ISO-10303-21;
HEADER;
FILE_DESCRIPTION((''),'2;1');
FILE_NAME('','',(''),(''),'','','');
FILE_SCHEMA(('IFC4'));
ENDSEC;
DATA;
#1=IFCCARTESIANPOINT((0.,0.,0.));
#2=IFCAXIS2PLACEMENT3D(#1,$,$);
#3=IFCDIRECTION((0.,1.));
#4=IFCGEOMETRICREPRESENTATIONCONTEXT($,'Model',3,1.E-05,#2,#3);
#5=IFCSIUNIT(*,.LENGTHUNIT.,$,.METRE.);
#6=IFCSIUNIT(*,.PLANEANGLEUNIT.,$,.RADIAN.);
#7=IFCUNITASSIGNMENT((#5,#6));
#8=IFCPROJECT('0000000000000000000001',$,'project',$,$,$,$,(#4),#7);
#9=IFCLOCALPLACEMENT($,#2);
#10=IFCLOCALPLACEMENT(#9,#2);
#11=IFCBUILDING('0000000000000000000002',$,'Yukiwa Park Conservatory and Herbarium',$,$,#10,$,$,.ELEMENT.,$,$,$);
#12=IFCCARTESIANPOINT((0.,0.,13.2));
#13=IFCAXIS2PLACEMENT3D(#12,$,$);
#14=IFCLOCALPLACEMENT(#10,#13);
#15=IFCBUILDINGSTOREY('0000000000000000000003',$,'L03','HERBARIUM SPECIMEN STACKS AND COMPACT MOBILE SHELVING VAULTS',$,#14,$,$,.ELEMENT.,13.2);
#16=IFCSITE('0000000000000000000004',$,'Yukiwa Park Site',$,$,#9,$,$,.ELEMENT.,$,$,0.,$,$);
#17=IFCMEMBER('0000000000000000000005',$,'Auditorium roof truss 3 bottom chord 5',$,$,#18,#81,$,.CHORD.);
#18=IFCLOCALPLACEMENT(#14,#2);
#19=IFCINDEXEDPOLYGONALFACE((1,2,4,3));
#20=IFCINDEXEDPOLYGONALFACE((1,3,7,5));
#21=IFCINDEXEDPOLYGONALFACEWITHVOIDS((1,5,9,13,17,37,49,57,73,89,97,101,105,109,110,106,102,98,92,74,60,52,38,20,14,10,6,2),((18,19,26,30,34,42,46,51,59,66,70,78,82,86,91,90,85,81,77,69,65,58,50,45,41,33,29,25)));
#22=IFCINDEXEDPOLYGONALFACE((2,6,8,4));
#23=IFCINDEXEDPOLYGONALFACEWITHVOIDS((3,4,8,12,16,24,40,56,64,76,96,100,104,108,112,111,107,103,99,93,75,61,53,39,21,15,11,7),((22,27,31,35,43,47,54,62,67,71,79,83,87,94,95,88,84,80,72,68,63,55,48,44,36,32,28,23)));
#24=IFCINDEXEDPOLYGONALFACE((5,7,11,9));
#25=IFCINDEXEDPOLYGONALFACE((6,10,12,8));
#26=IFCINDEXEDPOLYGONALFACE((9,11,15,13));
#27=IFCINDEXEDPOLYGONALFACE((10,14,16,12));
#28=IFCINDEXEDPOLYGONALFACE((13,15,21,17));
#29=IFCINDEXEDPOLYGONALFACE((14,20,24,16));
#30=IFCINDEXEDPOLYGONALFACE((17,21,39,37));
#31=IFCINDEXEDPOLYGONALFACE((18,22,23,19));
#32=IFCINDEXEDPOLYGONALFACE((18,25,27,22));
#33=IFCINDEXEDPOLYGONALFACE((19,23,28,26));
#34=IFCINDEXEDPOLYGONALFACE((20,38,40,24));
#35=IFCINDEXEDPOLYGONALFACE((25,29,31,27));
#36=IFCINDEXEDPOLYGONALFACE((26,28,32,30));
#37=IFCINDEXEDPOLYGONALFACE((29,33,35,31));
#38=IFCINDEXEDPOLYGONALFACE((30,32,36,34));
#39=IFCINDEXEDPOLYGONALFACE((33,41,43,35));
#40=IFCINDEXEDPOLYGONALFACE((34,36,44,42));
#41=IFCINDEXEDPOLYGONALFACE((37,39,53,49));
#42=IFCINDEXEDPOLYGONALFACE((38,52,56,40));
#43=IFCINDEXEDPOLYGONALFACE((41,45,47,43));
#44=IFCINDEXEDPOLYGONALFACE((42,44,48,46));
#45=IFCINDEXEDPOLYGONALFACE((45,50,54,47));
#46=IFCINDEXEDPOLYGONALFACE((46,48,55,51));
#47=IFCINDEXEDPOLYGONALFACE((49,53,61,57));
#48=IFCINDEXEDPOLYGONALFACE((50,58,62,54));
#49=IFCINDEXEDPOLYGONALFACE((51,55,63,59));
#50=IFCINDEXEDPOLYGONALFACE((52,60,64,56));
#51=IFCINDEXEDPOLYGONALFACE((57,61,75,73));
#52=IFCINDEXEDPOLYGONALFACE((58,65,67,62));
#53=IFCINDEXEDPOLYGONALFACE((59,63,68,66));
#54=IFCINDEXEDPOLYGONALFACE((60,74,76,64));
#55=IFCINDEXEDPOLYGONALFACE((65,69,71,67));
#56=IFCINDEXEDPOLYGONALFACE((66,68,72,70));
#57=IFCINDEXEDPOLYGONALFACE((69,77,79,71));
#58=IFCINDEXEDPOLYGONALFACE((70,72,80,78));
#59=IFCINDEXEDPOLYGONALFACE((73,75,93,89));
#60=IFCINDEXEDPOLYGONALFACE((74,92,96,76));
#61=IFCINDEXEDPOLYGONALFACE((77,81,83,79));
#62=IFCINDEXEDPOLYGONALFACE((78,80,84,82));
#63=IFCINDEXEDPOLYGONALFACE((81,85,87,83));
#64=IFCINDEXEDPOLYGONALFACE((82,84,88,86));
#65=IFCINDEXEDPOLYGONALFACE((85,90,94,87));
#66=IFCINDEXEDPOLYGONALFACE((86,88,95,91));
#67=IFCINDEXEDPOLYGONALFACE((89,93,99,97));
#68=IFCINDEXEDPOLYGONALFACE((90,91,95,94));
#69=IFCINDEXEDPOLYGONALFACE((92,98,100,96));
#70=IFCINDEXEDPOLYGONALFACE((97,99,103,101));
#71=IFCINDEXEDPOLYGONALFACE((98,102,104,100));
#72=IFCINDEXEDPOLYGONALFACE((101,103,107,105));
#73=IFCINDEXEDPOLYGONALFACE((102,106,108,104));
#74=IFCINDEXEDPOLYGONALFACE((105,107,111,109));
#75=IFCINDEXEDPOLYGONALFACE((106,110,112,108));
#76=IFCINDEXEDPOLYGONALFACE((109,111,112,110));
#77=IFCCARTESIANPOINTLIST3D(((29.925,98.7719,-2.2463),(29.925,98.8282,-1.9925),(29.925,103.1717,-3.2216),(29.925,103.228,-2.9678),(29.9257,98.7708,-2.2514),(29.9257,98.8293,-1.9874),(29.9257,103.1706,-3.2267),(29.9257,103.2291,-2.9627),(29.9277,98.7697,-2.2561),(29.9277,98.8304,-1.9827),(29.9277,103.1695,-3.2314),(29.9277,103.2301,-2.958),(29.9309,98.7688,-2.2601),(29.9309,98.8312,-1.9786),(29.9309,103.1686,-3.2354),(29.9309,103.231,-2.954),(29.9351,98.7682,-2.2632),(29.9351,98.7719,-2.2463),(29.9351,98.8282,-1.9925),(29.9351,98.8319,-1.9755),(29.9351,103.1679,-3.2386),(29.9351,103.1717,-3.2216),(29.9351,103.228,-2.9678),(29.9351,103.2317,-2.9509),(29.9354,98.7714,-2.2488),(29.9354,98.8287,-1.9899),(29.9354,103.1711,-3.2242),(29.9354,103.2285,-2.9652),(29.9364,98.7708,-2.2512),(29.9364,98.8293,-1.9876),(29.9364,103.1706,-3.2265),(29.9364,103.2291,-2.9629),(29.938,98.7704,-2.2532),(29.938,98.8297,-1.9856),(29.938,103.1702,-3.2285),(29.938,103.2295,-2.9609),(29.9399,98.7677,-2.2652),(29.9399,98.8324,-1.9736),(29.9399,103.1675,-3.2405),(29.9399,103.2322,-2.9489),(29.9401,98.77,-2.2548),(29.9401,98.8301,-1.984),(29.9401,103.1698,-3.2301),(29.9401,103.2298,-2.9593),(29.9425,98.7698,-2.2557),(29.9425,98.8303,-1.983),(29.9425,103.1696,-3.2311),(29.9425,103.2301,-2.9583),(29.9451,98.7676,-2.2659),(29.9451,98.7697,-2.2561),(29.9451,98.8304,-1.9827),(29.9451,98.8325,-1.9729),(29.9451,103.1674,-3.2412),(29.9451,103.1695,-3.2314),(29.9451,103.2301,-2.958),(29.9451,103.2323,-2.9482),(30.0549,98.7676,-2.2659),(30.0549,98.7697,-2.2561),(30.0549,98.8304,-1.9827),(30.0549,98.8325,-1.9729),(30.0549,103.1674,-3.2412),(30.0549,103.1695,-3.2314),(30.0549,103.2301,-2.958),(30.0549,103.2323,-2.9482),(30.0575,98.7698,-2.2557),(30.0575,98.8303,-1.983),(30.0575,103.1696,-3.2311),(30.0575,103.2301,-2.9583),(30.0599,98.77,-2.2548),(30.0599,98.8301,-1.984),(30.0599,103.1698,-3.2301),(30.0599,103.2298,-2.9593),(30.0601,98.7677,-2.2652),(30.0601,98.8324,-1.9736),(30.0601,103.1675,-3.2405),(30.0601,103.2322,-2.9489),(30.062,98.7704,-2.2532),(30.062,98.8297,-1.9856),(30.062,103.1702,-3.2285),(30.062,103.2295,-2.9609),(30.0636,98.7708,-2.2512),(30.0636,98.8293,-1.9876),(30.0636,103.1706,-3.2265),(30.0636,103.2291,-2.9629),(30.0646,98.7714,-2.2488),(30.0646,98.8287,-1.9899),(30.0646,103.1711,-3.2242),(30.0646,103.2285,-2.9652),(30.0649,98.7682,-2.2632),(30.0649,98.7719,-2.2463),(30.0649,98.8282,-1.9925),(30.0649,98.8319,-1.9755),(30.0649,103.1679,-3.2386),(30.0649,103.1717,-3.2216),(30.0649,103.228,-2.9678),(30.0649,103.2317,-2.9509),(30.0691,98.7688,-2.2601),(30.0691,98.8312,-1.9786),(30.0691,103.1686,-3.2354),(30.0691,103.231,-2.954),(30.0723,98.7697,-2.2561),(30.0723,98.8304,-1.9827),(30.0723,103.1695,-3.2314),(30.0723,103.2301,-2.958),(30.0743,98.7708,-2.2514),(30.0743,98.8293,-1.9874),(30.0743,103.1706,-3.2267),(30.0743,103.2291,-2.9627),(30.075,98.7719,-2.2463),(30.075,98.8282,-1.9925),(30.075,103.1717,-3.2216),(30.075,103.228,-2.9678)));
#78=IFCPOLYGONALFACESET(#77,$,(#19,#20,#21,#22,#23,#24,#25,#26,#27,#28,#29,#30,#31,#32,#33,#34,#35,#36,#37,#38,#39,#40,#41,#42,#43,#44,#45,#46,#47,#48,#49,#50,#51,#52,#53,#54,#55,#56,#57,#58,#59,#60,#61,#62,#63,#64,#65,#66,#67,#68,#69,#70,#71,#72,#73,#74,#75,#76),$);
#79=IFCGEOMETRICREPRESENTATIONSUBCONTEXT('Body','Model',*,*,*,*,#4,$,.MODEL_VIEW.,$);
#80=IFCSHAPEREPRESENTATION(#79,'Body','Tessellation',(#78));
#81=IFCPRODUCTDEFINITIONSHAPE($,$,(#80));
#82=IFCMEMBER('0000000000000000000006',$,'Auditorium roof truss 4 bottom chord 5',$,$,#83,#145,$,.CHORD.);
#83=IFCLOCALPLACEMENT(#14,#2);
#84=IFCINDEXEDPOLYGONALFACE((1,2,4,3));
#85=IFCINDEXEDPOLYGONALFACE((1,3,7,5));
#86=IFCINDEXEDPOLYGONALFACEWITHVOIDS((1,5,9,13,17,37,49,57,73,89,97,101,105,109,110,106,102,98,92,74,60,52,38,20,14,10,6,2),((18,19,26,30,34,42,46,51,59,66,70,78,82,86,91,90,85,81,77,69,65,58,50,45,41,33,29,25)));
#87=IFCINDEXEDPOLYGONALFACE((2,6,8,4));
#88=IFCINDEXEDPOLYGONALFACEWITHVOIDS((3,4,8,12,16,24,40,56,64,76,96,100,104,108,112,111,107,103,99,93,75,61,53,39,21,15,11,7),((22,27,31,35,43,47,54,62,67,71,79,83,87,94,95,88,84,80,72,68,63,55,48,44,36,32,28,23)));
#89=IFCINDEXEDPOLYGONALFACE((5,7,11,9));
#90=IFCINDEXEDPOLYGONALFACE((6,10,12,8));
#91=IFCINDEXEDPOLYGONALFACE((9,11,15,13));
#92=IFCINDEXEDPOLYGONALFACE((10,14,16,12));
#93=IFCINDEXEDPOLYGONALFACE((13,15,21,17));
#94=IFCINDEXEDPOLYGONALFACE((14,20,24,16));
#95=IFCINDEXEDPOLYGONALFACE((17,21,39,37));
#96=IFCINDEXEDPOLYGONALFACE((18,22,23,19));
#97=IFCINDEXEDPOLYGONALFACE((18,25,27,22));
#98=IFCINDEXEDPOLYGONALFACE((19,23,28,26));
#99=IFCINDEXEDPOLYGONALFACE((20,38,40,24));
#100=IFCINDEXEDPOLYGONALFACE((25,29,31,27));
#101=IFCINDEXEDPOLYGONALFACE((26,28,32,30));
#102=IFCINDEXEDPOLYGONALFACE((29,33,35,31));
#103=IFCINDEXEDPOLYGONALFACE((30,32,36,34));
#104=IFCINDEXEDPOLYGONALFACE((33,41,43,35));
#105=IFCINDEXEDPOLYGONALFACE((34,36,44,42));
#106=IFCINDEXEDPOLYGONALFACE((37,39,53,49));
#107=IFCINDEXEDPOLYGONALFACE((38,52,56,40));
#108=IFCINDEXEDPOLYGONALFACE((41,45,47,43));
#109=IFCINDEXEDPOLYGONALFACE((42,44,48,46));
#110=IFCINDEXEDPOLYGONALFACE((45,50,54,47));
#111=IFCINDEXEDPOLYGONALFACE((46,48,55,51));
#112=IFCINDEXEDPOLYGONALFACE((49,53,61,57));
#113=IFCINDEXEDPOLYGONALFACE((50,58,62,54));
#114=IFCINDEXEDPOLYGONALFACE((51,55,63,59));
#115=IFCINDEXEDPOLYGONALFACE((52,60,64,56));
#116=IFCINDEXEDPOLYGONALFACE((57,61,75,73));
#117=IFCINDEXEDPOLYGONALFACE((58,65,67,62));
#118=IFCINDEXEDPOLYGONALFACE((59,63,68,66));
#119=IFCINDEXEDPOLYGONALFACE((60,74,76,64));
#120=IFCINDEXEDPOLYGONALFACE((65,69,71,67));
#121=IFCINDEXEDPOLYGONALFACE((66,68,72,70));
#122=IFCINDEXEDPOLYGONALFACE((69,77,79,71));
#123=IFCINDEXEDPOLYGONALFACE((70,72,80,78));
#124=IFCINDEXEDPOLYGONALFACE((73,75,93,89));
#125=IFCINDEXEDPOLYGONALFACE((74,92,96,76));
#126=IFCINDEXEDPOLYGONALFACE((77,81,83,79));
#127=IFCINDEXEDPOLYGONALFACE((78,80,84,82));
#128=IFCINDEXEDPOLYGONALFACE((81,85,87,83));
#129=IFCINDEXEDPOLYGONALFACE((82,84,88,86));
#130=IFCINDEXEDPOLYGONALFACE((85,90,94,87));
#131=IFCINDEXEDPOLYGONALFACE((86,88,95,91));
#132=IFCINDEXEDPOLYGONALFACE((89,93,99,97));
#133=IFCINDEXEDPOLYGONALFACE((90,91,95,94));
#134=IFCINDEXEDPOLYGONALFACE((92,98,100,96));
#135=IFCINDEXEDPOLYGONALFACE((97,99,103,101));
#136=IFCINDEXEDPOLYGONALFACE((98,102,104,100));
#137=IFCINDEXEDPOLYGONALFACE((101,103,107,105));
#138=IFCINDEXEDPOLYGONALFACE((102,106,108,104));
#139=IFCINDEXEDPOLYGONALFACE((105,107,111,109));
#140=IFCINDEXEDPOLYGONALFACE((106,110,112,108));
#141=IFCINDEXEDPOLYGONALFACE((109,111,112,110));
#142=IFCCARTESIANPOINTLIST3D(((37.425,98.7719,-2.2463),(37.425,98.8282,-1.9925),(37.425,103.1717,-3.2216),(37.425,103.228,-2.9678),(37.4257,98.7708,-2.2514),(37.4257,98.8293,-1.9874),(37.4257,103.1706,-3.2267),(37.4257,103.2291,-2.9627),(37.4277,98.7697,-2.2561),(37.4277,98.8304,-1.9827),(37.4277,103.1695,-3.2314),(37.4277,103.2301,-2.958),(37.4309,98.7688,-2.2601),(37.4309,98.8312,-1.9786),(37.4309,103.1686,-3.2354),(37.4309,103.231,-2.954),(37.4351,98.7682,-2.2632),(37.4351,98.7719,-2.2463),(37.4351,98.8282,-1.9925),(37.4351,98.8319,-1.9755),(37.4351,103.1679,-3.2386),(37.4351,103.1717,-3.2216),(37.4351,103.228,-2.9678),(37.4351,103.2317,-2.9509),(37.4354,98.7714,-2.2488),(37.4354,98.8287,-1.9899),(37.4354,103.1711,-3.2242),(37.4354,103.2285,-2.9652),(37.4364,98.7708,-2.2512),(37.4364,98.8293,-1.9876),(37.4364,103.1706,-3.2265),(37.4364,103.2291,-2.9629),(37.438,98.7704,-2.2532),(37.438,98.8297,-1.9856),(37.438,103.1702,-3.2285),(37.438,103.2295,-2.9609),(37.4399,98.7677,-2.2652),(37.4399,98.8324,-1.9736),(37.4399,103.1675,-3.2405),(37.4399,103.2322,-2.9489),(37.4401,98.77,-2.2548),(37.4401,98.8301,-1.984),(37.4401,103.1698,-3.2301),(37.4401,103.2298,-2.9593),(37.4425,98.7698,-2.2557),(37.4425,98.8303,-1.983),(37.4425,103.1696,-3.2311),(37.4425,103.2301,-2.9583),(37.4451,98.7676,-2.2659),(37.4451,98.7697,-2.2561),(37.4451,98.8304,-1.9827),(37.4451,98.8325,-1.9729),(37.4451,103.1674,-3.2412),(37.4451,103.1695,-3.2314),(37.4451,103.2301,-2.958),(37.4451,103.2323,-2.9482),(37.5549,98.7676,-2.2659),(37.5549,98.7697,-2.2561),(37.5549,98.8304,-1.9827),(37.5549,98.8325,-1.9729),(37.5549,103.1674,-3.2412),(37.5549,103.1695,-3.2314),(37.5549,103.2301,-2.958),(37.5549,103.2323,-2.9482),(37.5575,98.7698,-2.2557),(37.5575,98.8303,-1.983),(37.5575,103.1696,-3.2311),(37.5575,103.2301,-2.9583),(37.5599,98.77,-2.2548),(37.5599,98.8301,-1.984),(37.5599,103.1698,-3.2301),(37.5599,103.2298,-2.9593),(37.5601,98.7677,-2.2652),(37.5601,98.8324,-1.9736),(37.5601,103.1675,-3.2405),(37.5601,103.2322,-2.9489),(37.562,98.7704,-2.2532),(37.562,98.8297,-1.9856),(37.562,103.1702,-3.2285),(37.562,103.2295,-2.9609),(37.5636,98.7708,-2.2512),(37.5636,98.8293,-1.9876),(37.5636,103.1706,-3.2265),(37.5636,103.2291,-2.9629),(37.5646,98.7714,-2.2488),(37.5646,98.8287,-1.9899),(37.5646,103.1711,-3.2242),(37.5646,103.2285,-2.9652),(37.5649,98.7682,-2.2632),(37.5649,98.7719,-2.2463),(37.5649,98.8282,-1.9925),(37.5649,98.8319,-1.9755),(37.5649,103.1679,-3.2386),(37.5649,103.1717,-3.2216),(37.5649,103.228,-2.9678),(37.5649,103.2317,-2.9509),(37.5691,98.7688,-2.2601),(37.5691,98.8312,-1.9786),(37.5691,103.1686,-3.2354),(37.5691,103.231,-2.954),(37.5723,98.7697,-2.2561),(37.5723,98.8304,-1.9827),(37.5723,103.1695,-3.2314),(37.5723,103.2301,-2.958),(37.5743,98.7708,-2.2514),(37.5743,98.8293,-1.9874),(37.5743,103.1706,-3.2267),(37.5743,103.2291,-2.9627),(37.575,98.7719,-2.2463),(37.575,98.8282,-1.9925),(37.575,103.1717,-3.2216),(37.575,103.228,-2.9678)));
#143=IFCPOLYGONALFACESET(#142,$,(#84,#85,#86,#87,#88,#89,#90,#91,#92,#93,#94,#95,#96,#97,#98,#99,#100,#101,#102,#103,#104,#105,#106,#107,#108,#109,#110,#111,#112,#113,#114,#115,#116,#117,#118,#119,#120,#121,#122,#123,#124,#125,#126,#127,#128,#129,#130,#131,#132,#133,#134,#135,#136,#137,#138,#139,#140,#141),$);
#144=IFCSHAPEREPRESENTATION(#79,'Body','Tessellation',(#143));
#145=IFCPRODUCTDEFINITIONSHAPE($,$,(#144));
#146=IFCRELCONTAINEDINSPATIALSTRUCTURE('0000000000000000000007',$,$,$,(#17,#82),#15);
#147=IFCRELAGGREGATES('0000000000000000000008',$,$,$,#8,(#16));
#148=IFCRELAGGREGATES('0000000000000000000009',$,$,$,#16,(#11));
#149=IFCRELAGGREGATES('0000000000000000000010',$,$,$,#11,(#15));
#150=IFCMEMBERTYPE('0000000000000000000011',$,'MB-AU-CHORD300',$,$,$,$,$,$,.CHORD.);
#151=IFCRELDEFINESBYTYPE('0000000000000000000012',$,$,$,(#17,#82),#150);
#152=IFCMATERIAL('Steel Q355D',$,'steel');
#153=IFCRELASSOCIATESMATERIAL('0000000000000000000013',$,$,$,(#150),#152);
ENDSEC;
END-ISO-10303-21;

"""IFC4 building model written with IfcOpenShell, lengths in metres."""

from ifc_helpers import new_model, si_unit, direction, frame, origin, origin_2d, place, context, subcontext, project, spatial, hollow_rectangle, extrude, material, material_profile, profile_set, type_object, element, save


model = new_model("IFC4")

# Units and contexts
model_context = context("Model", 3, precision=1e-05, world=origin(), true_north=direction((0.0, 1.0)))
body_context = subcontext(model_context, "Body", "Model", "MODEL_VIEW")
ifc_project = project(units=[si_unit("LENGTHUNIT", "METRE"), si_unit("PLANEANGLEUNIT", "RADIAN")], contexts=[model_context])

# Site, building, storey
site_placement = place(None, origin())
site = spatial("IfcSite", under=ifc_project, at=site_placement, Name="Yukiwa Park Site", CompositionType="ELEMENT", RefElevation=0.0)
building_placement = place(site_placement, origin())
building = spatial("IfcBuilding", under=site, at=building_placement, Name="Yukiwa Park Conservatory and Herbarium", CompositionType="ELEMENT")
storey_placement = place(building_placement, frame((0.0, 0.0, 13.2)))
storey = spatial("IfcBuildingStorey", under=building, at=storey_placement, Name="L03", Description="HERBARIUM SPECIMEN STACKS AND COMPACT MOBILE SHELVING VAULTS", CompositionType="ELEMENT", Elevation=13.2)

# Members
ifc_material_1 = material(Name="Steel Q355D", Category="steel")
ifc_material_profile_1 = material_profile(ifc_material_1, hollow_rectangle(XDim=0.1499, YDim=0.3, WallThickness=0.01, InnerFilletRadius=0.01, OuterFilletRadius=0.02, at=origin_2d()), Name="RHS 300x150x10")
ifc_profile_set_1 = profile_set([ifc_material_profile_1], Name="Steel Q355D")
member_type_1 = type_object("IfcMemberType", Name="MB-AU-CHORD300", PredefinedType="CHORD", material=ifc_profile_set_1)
for number, where, z_axis, x_axis, name in (
    (1, (30.0, 98.8, -2.1194), (0.0, 0.9763, -0.21642), (-1.0, 0.0, 0.0), "Auditorium roof truss 3 bottom chord 5"),
    (2, (37.5, 98.8, -2.1194), (0.0, 0.9763, -0.21642), (-1.0, 0.0, 0.0), "Auditorium roof truss 4 bottom chord 5"),
):
    element("IfcMember", number, at=place(storey_placement, frame(where, z_axis=z_axis, x_axis=x_axis)), inside=storey, type_object=member_type_1, Name=name, PredefinedType="CHORD", context=body_context, shape_type="SweptSolid", body=[
        extrude(hollow_rectangle(XDim=0.1499, YDim=0.3, WallThickness=0.01, InnerFilletRadius=0.01, OuterFilletRadius=0.02, at=origin_2d()), origin(), (0.0, 0.0, 1.0), 4.5066),
    ])

save(model, "model.ifc")
